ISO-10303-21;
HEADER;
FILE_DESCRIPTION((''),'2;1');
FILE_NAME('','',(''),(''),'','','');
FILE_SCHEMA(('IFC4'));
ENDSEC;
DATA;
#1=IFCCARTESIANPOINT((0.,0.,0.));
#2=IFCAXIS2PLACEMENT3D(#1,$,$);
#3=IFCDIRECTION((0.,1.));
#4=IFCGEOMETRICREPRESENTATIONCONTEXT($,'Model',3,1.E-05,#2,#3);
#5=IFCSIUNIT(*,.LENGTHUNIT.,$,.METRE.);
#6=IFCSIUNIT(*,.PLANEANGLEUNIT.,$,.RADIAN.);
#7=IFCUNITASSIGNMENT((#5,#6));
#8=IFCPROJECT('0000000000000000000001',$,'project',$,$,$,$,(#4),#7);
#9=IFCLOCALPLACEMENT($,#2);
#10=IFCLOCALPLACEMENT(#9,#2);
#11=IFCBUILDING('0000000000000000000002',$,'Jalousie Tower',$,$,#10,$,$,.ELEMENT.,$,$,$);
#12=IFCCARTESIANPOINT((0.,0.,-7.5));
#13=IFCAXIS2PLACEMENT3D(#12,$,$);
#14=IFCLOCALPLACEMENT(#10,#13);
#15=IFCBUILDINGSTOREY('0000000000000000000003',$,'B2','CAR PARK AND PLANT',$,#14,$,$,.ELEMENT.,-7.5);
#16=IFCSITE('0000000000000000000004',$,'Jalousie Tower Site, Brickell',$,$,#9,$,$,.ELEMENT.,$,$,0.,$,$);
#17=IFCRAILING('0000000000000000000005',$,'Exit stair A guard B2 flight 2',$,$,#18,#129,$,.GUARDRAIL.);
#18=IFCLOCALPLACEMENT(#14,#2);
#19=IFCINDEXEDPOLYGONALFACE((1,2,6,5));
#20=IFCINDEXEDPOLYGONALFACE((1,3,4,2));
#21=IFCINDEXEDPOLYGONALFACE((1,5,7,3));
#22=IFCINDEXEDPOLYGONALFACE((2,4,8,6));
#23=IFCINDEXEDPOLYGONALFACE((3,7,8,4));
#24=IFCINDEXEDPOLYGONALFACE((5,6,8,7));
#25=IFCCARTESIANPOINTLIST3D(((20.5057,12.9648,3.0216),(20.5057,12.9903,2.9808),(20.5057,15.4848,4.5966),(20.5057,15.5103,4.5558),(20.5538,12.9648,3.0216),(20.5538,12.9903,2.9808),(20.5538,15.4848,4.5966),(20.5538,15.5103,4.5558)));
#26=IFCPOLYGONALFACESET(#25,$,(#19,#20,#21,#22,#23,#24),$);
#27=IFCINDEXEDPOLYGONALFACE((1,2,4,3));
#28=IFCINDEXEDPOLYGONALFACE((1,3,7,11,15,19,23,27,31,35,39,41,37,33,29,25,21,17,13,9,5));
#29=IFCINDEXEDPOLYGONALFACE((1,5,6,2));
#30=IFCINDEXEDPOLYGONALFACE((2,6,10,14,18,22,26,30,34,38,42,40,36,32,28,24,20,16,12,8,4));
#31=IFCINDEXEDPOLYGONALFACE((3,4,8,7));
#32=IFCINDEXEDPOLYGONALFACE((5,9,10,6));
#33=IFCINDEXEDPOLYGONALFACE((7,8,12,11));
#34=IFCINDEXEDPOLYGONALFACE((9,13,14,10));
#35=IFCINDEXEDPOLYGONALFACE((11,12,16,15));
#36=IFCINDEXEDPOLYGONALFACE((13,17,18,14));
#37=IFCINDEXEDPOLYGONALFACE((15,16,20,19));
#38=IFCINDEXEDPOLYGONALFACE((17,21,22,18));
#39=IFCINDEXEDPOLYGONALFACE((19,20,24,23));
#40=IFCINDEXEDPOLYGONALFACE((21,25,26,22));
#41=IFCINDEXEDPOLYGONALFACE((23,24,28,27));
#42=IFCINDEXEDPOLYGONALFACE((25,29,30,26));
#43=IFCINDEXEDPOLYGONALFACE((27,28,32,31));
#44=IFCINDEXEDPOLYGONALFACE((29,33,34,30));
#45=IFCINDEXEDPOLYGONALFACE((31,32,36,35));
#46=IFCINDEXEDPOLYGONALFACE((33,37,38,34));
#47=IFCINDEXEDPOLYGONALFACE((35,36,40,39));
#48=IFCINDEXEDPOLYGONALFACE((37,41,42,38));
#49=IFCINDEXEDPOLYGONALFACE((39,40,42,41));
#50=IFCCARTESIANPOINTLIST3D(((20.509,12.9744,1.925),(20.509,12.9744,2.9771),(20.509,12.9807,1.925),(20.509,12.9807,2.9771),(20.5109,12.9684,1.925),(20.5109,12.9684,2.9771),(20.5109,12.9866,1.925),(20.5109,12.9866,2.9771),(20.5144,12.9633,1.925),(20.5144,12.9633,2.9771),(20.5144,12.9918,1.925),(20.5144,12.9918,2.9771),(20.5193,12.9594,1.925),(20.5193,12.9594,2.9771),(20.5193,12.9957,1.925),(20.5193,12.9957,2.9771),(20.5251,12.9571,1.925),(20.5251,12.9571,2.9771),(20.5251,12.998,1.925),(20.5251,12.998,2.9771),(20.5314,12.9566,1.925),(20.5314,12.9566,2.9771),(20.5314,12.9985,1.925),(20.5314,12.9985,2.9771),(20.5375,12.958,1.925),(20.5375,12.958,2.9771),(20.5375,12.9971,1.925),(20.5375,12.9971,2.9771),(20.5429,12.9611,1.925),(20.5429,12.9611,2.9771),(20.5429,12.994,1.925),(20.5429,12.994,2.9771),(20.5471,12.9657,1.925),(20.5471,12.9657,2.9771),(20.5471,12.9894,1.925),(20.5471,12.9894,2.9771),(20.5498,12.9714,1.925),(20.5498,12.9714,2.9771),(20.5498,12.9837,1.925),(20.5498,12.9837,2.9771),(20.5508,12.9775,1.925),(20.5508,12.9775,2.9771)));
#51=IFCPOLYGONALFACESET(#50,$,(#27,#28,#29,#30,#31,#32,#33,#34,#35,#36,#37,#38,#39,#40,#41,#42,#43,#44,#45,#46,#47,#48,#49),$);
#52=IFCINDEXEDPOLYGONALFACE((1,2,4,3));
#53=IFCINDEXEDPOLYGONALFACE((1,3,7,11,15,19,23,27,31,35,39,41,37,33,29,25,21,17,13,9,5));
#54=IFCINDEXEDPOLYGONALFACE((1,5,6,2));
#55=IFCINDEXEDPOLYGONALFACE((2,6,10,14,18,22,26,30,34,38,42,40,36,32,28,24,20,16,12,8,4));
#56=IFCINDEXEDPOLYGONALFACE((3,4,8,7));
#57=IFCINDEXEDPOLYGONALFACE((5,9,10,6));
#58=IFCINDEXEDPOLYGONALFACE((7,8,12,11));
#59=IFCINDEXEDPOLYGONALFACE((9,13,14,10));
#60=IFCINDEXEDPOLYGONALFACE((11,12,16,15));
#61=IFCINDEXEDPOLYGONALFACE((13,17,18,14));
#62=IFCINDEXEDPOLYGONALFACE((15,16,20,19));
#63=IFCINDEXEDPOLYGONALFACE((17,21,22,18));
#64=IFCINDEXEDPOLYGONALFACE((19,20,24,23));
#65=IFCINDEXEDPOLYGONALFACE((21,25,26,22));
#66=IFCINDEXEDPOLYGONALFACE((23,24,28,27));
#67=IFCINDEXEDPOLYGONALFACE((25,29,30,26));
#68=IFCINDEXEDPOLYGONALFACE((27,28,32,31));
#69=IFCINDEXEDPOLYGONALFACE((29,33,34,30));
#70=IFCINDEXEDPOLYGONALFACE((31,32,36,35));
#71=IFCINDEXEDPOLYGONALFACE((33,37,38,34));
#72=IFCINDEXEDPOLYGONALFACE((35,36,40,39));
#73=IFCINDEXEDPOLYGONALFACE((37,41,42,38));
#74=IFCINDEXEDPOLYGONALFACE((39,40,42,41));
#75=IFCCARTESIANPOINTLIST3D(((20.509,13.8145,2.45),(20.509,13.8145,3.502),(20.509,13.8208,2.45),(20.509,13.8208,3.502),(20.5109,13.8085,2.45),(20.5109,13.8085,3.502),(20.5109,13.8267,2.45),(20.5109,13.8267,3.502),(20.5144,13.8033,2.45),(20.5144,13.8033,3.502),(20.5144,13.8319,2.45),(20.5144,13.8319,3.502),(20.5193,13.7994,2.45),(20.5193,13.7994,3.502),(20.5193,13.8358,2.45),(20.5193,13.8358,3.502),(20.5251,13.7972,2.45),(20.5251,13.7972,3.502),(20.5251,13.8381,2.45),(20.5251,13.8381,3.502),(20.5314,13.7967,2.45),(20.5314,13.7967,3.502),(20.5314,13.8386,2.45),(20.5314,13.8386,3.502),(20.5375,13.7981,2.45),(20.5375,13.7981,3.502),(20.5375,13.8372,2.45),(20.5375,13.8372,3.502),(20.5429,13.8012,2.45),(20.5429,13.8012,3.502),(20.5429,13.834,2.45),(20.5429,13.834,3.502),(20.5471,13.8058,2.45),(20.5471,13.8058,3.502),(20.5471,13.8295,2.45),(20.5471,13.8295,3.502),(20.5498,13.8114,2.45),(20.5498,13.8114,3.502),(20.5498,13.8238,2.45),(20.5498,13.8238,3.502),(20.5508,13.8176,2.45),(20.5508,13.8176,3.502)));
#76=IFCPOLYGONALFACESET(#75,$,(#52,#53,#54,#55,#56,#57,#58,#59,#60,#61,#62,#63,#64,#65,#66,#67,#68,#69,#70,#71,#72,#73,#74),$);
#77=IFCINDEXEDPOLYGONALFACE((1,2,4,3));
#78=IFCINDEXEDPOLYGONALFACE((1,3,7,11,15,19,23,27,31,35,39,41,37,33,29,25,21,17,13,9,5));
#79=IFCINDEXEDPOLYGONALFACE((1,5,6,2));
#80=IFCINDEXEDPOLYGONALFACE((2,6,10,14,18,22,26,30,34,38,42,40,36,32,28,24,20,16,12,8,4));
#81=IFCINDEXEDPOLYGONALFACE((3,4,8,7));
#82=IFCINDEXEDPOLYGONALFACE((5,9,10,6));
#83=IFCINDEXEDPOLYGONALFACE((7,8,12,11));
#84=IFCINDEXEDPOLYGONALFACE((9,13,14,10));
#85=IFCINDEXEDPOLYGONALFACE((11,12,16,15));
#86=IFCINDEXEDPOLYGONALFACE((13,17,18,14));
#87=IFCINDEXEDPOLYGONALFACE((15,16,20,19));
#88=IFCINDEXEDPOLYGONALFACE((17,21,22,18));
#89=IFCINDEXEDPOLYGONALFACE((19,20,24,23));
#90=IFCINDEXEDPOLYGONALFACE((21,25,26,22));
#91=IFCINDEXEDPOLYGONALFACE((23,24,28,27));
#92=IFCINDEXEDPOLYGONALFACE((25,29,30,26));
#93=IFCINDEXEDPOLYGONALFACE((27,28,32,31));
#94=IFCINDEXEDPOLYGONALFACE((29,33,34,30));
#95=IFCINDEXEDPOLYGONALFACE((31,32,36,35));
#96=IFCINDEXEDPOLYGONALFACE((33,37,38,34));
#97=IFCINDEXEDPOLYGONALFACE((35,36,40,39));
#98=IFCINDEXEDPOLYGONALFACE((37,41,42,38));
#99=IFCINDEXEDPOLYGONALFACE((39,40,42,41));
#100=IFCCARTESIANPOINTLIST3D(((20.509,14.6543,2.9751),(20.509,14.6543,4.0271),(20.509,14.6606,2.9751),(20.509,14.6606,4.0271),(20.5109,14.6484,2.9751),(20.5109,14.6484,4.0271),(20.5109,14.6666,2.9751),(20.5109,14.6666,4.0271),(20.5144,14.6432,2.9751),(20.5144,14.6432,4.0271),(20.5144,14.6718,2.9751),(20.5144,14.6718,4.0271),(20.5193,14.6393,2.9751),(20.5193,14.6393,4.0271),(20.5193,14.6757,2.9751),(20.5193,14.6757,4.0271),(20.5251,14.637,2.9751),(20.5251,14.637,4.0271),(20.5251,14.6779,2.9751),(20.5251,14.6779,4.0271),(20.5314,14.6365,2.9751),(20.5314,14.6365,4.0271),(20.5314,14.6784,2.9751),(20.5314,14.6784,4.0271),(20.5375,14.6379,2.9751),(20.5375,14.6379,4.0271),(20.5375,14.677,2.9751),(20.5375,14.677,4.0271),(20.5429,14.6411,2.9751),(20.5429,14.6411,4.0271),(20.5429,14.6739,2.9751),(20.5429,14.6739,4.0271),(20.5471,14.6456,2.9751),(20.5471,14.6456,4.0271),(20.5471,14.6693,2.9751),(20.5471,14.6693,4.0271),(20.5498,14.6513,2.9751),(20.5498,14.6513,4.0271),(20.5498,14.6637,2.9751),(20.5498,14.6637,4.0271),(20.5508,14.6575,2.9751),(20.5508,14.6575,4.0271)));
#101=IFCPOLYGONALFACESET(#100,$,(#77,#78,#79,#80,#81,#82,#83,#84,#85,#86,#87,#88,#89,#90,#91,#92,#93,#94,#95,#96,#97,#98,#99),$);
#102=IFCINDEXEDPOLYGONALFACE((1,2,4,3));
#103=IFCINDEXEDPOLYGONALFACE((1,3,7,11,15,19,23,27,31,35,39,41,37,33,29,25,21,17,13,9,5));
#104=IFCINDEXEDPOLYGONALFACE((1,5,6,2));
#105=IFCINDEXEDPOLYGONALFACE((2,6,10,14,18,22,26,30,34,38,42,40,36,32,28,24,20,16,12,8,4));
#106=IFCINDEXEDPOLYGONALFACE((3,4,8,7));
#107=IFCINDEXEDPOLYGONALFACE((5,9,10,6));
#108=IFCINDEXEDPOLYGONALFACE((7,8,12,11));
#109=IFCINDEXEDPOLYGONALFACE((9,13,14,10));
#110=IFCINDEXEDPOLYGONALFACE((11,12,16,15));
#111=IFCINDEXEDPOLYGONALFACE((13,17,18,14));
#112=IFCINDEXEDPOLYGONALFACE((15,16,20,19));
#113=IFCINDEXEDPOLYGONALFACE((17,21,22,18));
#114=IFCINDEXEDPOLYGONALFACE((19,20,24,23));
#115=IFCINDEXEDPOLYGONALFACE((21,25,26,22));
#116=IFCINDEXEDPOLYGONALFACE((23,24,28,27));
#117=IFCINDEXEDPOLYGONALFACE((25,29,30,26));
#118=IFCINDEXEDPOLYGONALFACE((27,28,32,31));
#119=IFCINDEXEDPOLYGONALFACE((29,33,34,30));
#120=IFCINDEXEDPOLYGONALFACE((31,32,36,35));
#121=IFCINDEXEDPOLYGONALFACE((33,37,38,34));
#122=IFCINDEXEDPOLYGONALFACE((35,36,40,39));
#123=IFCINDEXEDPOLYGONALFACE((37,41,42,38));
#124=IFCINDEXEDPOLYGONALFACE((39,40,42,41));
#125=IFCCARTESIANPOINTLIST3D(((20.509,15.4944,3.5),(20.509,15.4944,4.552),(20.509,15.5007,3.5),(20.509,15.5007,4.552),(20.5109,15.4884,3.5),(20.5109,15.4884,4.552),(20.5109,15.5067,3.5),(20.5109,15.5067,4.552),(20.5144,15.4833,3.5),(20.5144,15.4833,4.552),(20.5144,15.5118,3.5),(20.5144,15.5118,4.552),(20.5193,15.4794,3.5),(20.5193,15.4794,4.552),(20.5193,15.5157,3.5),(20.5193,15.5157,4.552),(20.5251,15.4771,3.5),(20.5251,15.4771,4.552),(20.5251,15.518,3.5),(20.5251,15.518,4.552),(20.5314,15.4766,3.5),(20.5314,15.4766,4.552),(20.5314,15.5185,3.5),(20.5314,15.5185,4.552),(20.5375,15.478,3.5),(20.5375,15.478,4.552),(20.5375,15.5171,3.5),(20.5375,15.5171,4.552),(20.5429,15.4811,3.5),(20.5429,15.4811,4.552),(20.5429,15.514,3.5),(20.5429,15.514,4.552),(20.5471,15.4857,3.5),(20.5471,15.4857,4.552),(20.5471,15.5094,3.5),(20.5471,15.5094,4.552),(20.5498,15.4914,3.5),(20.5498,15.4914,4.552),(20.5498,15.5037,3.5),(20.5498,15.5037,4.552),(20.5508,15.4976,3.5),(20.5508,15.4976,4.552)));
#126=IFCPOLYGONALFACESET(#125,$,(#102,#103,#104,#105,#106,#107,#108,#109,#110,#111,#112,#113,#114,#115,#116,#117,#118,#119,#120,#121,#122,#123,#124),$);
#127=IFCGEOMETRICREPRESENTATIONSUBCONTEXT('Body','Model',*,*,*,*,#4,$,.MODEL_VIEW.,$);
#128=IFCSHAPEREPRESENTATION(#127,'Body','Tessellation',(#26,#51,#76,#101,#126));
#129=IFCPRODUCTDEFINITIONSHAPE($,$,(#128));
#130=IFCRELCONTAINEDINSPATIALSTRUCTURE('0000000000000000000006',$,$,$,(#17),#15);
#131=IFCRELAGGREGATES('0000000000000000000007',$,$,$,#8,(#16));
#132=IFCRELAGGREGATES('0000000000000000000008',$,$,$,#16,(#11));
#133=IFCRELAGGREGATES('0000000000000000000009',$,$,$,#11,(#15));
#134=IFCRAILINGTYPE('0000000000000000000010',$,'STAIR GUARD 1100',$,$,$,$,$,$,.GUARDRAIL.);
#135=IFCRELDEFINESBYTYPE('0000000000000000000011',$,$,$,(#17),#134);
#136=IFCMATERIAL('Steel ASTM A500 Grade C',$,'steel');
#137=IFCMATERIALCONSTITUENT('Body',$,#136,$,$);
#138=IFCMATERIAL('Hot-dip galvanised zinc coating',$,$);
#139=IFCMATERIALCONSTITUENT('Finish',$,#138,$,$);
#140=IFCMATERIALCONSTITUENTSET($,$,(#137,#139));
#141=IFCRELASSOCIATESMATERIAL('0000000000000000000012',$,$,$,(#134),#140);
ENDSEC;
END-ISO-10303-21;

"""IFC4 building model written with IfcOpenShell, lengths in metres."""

from ifc_helpers import new_model, si_unit, direction, frame, origin, origin_2d, place, context, subcontext, project, spatial, rectangle, circle, extrude, material, constituent, constituent_set, type_object, element, save


model = new_model("IFC4")

# Units and contexts
model_context = context("Model", 3, precision=1e-05, world=origin(), true_north=direction((0.0, 1.0)))
body_context = subcontext(model_context, "Body", "Model", "MODEL_VIEW")
ifc_project = project(units=[si_unit("LENGTHUNIT", "METRE"), si_unit("PLANEANGLEUNIT", "RADIAN")], contexts=[model_context])

# Site, building, storey
site_placement = place(None, origin())
site = spatial("IfcSite", under=ifc_project, at=site_placement, Name="Jalousie Tower Site, Brickell", CompositionType="ELEMENT", RefElevation=0.0)
building_placement = place(site_placement, origin())
building = spatial("IfcBuilding", under=site, at=building_placement, Name="Jalousie Tower", CompositionType="ELEMENT")
storey_placement = place(building_placement, frame((0.0, 0.0, -7.5)))
storey = spatial("IfcBuildingStorey", under=building, at=storey_placement, Name="B2", Description="CAR PARK AND PLANT", CompositionType="ELEMENT", Elevation=-7.5)

# Railing
ifc_material_1 = material(Name="Steel ASTM A500 Grade C", Category="steel")
ifc_constituent_1 = constituent(ifc_material_1, Name="Body")
ifc_material_2 = material(Name="Hot-dip galvanised zinc coating")
ifc_constituent_2 = constituent(ifc_material_2, Name="Finish")
ifc_constituent_set_1 = constituent_set(constituents=[ifc_constituent_1, ifc_constituent_2])
railing_type_1 = type_object("IfcRailingType", Name="STAIR GUARD 1100", PredefinedType="GUARDRAIL", material=ifc_constituent_set_1)
railing_1_placement = place(storey_placement, frame((20.5298, 12.9775, 1.925)))
element("IfcRailing", 1, at=railing_1_placement, inside=storey, type_object=railing_type_1, Name="Exit stair A guard B2 flight 2", PredefinedType="GUARDRAIL", context=body_context, shape_type="SweptSolid", body=[
    extrude(rectangle(XDim=0.0481, YDim=0.0481, at=origin_2d()), frame((0.0, 0.0, 1.0762), z_axis=(0.0, 0.848008, 0.529984), x_axis=(-1.0, 0.0, 0.0)), (0.0, 0.0, 1.0), 2.9717),
    extrude(circle(Radius=0.021, at=origin_2d()), origin(), (0.0, 0.0, 1.0), 1.052),
    extrude(circle(Radius=0.021, at=origin_2d()), frame((0.0, 0.8401, 0.5249)), (0.0, 0.0, 1.0), 1.052),
    extrude(circle(Radius=0.021, at=origin_2d()), frame((0.0, 1.6799, 1.05)), (0.0, 0.0, 1.0), 1.052),
    extrude(circle(Radius=0.021, at=origin_2d()), frame((0.0, 2.52, 1.575)), (0.0, 0.0, 1.0), 1.052),
])

save(model, "model.ifc")
